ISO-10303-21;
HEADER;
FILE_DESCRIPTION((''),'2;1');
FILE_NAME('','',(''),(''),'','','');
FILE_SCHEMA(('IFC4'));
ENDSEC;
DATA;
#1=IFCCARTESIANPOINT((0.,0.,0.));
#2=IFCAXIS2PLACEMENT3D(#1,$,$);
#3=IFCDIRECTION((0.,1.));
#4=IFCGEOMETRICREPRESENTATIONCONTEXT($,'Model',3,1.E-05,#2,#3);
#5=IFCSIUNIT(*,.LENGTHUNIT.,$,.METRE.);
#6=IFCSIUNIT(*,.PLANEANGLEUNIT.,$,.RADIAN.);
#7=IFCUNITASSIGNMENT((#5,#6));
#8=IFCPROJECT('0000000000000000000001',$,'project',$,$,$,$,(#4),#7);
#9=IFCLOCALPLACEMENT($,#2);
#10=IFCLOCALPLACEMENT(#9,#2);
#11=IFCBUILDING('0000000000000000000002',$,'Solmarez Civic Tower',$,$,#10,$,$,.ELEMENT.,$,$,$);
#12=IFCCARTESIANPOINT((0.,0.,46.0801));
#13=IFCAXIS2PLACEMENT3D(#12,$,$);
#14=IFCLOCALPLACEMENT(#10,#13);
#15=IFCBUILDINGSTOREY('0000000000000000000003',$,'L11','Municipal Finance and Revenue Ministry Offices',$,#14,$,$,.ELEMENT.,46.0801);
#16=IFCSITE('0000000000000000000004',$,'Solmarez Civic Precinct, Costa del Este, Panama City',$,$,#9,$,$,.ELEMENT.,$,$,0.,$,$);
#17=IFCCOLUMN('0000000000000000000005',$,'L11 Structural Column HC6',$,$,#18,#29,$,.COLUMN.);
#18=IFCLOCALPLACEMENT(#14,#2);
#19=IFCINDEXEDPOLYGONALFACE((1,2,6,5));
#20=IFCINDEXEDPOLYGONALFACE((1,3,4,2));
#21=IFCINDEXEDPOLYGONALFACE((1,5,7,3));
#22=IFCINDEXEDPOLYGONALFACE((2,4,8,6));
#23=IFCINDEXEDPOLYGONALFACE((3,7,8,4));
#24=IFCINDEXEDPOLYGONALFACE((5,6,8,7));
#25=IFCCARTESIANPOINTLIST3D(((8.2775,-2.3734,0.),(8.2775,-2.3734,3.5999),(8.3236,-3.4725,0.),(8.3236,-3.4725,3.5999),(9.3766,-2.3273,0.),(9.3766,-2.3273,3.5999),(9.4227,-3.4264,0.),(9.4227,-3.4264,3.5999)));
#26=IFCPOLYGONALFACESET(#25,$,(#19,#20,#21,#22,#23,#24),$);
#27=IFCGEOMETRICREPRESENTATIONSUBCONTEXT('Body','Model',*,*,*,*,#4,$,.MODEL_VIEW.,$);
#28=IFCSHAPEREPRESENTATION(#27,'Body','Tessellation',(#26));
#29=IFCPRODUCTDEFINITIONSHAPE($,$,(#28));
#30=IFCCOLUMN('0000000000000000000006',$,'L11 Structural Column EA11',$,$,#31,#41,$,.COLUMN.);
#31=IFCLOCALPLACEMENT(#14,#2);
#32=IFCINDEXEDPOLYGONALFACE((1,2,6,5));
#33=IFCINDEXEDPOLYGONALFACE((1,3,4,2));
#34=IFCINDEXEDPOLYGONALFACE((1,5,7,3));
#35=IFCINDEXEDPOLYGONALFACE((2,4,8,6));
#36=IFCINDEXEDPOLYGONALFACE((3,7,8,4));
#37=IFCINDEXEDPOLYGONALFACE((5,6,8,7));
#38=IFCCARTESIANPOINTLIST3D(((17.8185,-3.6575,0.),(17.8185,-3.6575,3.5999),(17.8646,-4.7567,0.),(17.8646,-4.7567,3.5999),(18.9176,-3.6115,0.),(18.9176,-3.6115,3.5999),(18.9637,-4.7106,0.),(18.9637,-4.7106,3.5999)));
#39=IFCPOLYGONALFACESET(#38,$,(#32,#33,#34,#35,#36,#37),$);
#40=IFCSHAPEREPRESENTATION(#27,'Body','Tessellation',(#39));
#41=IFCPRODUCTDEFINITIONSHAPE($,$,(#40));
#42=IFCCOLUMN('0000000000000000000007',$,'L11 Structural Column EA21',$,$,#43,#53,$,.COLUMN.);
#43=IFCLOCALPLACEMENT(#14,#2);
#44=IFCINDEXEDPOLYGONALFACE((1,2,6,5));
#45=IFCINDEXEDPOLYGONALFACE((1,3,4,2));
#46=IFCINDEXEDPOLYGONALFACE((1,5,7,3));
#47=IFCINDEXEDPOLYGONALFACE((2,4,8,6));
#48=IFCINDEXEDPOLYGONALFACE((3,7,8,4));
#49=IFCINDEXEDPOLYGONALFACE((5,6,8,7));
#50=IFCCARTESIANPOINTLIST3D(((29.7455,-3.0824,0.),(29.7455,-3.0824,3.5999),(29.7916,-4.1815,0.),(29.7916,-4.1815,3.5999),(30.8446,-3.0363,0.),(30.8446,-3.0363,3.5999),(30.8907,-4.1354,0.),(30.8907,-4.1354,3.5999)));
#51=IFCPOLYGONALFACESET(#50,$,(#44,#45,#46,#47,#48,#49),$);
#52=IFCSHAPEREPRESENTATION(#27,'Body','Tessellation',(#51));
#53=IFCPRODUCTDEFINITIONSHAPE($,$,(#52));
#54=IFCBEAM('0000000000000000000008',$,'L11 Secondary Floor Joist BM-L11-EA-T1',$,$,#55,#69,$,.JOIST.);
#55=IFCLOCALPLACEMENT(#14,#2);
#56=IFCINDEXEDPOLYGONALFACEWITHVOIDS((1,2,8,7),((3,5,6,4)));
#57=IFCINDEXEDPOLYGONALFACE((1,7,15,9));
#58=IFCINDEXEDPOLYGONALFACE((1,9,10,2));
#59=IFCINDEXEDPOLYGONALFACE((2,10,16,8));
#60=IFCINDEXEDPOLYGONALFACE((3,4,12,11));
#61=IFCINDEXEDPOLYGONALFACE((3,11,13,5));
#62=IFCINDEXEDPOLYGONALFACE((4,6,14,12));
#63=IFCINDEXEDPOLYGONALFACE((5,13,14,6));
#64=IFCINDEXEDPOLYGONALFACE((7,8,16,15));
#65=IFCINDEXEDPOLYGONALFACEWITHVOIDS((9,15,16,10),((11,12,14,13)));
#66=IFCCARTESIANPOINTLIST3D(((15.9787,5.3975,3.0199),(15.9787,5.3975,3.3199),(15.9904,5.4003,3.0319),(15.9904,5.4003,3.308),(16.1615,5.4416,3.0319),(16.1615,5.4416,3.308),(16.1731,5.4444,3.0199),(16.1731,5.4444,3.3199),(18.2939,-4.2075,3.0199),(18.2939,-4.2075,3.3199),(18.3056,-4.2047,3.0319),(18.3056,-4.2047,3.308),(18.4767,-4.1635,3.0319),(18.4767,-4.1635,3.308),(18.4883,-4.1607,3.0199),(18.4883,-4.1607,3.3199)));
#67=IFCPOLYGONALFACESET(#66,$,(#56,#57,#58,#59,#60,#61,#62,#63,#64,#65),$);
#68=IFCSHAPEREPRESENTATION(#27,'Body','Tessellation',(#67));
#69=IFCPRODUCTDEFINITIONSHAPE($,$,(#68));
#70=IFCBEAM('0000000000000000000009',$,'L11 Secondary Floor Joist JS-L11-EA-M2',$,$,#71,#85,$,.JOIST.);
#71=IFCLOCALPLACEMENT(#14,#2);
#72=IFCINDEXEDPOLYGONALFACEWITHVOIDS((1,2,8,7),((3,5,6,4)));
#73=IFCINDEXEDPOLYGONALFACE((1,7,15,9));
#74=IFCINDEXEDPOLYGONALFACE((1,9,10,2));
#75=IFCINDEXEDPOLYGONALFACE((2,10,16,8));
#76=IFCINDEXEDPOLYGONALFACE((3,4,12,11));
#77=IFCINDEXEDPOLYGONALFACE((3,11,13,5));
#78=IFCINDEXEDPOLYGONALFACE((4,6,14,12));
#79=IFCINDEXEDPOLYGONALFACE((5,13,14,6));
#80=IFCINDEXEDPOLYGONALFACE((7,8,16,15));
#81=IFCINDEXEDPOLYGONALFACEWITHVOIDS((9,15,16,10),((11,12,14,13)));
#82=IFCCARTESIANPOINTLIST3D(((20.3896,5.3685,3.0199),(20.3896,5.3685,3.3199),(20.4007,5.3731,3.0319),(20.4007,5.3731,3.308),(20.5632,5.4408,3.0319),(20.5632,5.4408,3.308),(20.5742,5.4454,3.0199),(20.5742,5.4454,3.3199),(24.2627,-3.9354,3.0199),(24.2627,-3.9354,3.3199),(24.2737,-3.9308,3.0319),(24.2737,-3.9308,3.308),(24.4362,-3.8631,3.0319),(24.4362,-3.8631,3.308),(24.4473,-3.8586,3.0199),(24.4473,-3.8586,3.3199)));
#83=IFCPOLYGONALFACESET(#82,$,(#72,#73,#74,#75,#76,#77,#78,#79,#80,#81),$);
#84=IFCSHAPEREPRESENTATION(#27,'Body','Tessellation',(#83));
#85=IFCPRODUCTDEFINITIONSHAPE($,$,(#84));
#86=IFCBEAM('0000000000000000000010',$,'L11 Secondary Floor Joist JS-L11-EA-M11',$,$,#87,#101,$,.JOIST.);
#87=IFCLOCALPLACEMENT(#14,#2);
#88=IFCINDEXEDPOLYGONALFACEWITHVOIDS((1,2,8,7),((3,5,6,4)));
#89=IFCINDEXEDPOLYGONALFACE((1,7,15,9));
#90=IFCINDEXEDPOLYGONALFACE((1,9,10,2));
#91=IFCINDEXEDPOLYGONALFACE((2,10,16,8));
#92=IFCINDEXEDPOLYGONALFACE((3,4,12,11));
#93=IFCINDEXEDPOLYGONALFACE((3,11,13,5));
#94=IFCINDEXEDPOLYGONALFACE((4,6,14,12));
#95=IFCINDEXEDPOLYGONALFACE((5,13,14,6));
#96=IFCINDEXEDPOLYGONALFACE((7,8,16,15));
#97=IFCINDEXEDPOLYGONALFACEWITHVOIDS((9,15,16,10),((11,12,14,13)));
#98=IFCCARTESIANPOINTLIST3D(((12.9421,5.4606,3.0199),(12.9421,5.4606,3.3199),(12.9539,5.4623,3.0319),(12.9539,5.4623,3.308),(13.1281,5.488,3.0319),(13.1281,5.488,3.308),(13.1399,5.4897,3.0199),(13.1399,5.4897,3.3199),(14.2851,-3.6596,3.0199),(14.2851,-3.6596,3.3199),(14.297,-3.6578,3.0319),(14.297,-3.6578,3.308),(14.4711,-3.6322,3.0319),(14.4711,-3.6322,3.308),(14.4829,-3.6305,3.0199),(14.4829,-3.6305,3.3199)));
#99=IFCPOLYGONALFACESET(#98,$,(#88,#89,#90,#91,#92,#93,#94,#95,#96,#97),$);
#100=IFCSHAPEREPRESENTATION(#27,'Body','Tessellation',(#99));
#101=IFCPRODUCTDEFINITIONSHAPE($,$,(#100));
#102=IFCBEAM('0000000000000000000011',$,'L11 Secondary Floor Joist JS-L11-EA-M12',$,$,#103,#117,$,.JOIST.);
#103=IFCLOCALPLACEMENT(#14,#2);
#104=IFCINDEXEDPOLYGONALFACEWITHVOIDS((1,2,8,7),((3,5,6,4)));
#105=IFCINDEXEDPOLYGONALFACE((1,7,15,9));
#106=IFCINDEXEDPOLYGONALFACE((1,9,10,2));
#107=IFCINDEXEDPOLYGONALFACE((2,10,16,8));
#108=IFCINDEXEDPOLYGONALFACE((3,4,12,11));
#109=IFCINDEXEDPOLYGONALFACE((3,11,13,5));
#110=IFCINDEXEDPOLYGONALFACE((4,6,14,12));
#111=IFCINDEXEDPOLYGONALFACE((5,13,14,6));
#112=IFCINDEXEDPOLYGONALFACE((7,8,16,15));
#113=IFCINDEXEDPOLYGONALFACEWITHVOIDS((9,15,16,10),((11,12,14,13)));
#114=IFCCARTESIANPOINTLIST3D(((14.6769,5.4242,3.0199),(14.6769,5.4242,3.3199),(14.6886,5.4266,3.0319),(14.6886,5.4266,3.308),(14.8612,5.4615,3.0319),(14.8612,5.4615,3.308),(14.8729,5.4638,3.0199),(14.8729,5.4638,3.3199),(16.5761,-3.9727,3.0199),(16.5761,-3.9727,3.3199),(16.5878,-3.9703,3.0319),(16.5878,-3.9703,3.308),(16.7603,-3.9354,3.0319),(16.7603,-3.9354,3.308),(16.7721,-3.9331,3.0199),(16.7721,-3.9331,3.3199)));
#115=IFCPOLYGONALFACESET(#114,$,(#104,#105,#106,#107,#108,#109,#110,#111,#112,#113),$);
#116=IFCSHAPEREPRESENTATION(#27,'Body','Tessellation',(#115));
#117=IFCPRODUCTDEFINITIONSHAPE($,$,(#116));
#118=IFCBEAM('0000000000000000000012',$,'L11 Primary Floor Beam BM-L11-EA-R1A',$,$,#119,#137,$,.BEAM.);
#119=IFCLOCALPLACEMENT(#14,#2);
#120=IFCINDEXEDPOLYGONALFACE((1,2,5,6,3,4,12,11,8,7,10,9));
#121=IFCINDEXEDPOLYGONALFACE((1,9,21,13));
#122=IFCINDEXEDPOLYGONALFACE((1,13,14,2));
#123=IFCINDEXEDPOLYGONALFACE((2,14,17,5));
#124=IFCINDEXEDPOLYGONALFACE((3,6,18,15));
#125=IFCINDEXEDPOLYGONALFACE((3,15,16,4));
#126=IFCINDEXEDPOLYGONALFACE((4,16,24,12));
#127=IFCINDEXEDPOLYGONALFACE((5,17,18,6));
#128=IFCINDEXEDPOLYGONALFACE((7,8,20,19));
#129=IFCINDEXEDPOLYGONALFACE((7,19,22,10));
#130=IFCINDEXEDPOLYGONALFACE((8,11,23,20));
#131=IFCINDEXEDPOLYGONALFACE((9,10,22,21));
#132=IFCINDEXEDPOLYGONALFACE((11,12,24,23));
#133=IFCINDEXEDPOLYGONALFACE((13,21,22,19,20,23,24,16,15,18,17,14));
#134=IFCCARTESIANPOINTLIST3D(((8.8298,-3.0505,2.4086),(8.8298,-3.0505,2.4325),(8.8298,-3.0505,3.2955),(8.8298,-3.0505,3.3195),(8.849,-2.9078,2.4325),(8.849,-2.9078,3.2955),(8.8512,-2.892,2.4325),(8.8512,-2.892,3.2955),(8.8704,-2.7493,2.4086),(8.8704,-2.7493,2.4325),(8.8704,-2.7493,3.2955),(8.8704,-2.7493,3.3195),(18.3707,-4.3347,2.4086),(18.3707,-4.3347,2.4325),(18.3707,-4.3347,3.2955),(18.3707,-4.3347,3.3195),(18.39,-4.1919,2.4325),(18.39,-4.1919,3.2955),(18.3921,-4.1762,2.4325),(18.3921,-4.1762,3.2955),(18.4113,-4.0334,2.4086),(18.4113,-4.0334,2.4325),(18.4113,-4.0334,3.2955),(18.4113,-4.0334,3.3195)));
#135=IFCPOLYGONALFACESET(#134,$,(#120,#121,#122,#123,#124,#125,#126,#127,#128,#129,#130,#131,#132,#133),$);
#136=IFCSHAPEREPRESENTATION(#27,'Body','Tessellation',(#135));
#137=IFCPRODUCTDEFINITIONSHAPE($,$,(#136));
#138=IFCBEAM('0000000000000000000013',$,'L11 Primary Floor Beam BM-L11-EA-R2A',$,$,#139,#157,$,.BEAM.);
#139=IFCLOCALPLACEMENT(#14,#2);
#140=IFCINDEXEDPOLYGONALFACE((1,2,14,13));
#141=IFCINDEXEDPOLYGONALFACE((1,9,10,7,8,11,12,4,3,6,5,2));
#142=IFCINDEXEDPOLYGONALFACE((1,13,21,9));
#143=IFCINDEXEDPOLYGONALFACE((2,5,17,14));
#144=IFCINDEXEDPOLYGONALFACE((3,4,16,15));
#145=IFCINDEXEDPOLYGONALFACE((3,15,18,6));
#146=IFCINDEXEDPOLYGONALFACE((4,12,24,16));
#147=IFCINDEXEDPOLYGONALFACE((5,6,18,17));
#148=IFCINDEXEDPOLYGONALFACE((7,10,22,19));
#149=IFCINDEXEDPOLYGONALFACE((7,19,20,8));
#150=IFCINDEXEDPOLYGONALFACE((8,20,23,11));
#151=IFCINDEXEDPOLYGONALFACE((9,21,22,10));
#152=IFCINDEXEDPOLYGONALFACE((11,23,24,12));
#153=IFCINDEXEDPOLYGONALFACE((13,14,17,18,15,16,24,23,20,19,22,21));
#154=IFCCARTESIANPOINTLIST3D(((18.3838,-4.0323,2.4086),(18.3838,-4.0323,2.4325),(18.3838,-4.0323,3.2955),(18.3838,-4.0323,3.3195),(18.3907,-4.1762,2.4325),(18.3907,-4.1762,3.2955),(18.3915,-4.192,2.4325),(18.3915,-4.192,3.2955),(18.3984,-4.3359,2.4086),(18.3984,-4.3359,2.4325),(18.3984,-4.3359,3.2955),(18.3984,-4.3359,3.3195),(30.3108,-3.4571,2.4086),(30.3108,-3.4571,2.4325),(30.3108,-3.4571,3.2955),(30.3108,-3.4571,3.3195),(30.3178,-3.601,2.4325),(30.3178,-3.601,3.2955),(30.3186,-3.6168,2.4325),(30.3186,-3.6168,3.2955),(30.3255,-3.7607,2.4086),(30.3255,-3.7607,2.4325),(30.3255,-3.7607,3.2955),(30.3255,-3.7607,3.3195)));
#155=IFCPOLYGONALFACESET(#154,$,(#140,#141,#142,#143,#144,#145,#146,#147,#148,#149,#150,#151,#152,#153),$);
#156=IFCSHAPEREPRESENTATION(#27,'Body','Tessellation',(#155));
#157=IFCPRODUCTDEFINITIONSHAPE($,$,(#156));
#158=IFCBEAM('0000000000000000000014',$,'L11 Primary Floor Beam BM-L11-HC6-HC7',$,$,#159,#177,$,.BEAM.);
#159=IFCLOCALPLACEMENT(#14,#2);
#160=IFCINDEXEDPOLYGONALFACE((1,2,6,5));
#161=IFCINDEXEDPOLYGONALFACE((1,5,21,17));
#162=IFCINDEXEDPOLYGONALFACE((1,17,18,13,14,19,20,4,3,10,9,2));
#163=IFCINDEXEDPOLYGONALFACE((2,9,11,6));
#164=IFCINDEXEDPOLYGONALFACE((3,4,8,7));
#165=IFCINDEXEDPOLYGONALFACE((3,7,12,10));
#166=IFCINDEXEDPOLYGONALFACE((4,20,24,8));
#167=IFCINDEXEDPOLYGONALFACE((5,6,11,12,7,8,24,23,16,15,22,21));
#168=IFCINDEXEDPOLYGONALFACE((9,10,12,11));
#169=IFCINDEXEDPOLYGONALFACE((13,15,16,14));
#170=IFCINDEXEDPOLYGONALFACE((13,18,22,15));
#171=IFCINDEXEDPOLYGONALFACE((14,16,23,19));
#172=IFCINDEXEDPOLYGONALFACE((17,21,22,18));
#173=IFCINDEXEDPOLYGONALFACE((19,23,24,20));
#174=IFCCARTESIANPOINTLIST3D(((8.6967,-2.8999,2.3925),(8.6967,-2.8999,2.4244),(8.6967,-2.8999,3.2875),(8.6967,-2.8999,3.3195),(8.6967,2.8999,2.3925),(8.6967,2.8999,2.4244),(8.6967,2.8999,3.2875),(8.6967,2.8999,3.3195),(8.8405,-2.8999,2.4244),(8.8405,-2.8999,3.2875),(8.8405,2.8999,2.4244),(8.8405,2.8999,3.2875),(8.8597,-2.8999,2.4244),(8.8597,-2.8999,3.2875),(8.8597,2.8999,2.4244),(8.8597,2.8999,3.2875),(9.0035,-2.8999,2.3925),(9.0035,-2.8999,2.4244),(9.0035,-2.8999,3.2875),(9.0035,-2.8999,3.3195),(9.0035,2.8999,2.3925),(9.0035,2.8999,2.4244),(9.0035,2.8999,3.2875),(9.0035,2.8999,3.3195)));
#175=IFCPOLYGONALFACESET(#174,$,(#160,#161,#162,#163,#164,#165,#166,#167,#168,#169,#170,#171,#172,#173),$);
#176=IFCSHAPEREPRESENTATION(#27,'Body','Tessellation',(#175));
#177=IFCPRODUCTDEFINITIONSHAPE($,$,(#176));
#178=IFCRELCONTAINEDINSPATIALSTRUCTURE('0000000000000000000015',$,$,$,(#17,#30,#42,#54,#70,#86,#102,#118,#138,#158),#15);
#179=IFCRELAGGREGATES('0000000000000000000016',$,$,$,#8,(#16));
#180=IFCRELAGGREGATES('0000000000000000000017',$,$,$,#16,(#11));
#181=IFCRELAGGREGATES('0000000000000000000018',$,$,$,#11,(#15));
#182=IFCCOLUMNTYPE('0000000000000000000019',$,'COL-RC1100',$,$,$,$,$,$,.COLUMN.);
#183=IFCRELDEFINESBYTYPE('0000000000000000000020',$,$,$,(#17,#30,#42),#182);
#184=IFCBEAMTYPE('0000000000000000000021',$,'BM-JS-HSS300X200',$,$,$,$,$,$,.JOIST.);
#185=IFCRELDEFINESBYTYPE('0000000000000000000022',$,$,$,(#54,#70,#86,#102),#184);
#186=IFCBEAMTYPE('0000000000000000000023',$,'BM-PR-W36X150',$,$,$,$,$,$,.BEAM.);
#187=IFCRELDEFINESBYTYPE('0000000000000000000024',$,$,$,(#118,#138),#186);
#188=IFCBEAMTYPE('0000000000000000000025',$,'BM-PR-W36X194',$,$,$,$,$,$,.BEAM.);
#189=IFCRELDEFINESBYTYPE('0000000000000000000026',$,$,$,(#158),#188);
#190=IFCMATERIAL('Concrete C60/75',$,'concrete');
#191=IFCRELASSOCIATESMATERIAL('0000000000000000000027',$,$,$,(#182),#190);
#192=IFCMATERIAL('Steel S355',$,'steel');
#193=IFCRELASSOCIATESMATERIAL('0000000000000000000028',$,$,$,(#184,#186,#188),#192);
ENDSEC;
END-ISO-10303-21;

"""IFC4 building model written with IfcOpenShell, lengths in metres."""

from ifc_helpers import new_model, si_unit, direction, frame, origin, origin_2d, place, context, subcontext, project, spatial, rectangle, hollow_rectangle, i_section, extrude, material, material_profile, profile_set, type_object, element, save


model = new_model("IFC4")

# Units and contexts
model_context = context("Model", 3, precision=1e-05, world=origin(), true_north=direction((0.0, 1.0)))
body_context = subcontext(model_context, "Body", "Model", "MODEL_VIEW")
ifc_project = project(units=[si_unit("LENGTHUNIT", "METRE"), si_unit("PLANEANGLEUNIT", "RADIAN")], contexts=[model_context])

# Site, building, storey
site_placement = place(None, origin())
site = spatial("IfcSite", under=ifc_project, at=site_placement, Name="Solmarez Civic Precinct, Costa del Este, Panama City", CompositionType="ELEMENT", RefElevation=0.0)
building_placement = place(site_placement, origin())
building = spatial("IfcBuilding", under=site, at=building_placement, Name="Solmarez Civic Tower", CompositionType="ELEMENT")
storey_placement = place(building_placement, frame((0.0, 0.0, 46.0801)))
storey = spatial("IfcBuildingStorey", under=building, at=storey_placement, Name="L11", Description="Municipal Finance and Revenue Ministry Offices", CompositionType="ELEMENT", Elevation=46.0801)

# Columns
ifc_material_1 = material(Name="Concrete C60/75", Category="concrete")
ifc_material_profile_1 = material_profile(ifc_material_1, rectangle(XDim=1.1001, YDim=1.1001, at=origin_2d()), Name="RC1100X1100")
ifc_profile_set_1 = profile_set([ifc_material_profile_1], Name="Concrete C60/75")
column_type = type_object("IfcColumnType", Name="COL-RC1100", PredefinedType="COLUMN", material=ifc_profile_set_1)
for number, where, z_axis, x_axis, name in (
    (1, (8.8501, -2.8999, 0.0), (0.0, 0.0, 1.0), (0.999123, 0.041876, 0.0), "L11 Structural Column HC6"),
    (2, (18.3911, -4.1841, 0.0), (0.0, 0.0, 1.0), (0.999123, 0.041876, 0.0), "L11 Structural Column EA11"),
    (3, (30.3181, -3.6089, 0.0), (0.0, 0.0, 1.0), (0.999123, 0.041876, 0.0), "L11 Structural Column EA21"),
):
    element("IfcColumn", number, at=place(storey_placement, frame(where, z_axis=z_axis, x_axis=x_axis)), inside=storey, type_object=column_type, Name=name, PredefinedType="COLUMN", context=body_context, shape_type="SweptSolid", body=[
        extrude(rectangle(XDim=1.1001, YDim=1.1001, at=origin_2d()), origin(), (0.0, 0.0, 1.0), 3.5999),
    ])

# Beams
ifc_material_2 = material(Name="Steel S355", Category="steel")
ifc_material_profile_2 = material_profile(ifc_material_2, hollow_rectangle(XDim=0.2, YDim=0.3, WallThickness=0.012, at=origin_2d()), Name="HSS300X200X12")
ifc_profile_set_2 = profile_set([ifc_material_profile_2], Name="Steel S355")
beam_type_1 = type_object("IfcBeamType", Name="BM-JS-HSS300X200", PredefinedType="JOIST", material=ifc_profile_set_2)
beam_1_placement = place(storey_placement, frame((18.3911, -4.1841, 3.1699), z_axis=(-0.234329, 0.972157, 0.0), x_axis=(-0.972157, -0.234329, 0.0)))
element("IfcBeam", 4, at=beam_1_placement, inside=storey, type_object=beam_type_1, Name="L11 Secondary Floor Joist BM-L11-EA-T1", PredefinedType="JOIST", context=body_context, shape_type="SweptSolid", body=[
    extrude(hollow_rectangle(XDim=0.2, YDim=0.3, WallThickness=0.012, at=origin_2d()), origin(), (0.0, 0.0, 1.0), 9.8801),
])
beam_2_placement = place(storey_placement, frame((24.355, -3.897, 3.1699), z_axis=(-0.384311, 0.923204, 0.0), x_axis=(-0.923204, -0.384311, 0.0)))
element("IfcBeam", 5, at=beam_2_placement, inside=storey, type_object=beam_type_1, Name="L11 Secondary Floor Joist JS-L11-EA-M2", PredefinedType="JOIST", context=body_context, shape_type="SweptSolid", body=[
    extrude(hollow_rectangle(XDim=0.2, YDim=0.3, WallThickness=0.012, at=origin_2d()), origin(), (0.0, 0.0, 1.0), 10.0779),
])
beam_3_placement = place(storey_placement, frame((14.384, -3.645, 3.1699), z_axis=(-0.145688, 0.989331, 0.0), x_axis=(-0.989331, -0.145688, 0.0)))
element("IfcBeam", 6, at=beam_3_placement, inside=storey, type_object=beam_type_1, Name="L11 Secondary Floor Joist JS-L11-EA-M11", PredefinedType="JOIST", context=body_context, shape_type="SweptSolid", body=[
    extrude(hollow_rectangle(XDim=0.2, YDim=0.3, WallThickness=0.012, at=origin_2d()), origin(), (0.0, 0.0, 1.0), 9.2185),
])
beam_4_placement = place(storey_placement, frame((16.6741, -3.9529, 3.1699), z_axis=(-0.198099, 0.980182, 0.0), x_axis=(-0.980182, -0.198099, 0.0)))
element("IfcBeam", 7, at=beam_4_placement, inside=storey, type_object=beam_type_1, Name="L11 Secondary Floor Joist JS-L11-EA-M12", PredefinedType="JOIST", context=body_context, shape_type="SweptSolid", body=[
    extrude(hollow_rectangle(XDim=0.2, YDim=0.3, WallThickness=0.012, at=origin_2d()), origin(), (0.0, 0.0, 1.0), 9.5869),
])
ifc_material_profile_3 = material_profile(ifc_material_2, i_section(OverallWidth=0.304, OverallDepth=0.9109, WebThickness=0.0159, FlangeThickness=0.0239, at=origin_2d()), Name="W36X150")
ifc_profile_set_3 = profile_set([ifc_material_profile_3], Name="Steel S355")
beam_type_2 = type_object("IfcBeamType", Name="BM-PR-W36X150", PredefinedType="BEAM", material=ifc_profile_set_3)
beam_5_placement = place(storey_placement, frame((8.8501, -2.8999, 2.864), z_axis=(0.991063, -0.133393, 0.0), x_axis=(0.133393, 0.991063, 0.0)))
element("IfcBeam", 8, at=beam_5_placement, inside=storey, type_object=beam_type_2, Name="L11 Primary Floor Beam BM-L11-EA-R1A", PredefinedType="BEAM", context=body_context, shape_type="SweptSolid", body=[
    extrude(i_section(OverallWidth=0.304, OverallDepth=0.9109, WebThickness=0.0159, FlangeThickness=0.0239, at=origin_2d()), origin(), (0.0, 0.0, 1.0), 9.627),
])
beam_6_placement = place(storey_placement, frame((18.3911, -4.1841, 2.864), z_axis=(0.998839, 0.04817, 0.0), x_axis=(-0.04817, 0.998839, 0.0)))
element("IfcBeam", 9, at=beam_6_placement, inside=storey, type_object=beam_type_2, Name="L11 Primary Floor Beam BM-L11-EA-R2A", PredefinedType="BEAM", context=body_context, shape_type="SweptSolid", body=[
    extrude(i_section(OverallWidth=0.304, OverallDepth=0.9109, WebThickness=0.0159, FlangeThickness=0.0239, at=origin_2d()), origin(), (0.0, 0.0, 1.0), 11.9409),
])
ifc_material_profile_4 = material_profile(ifc_material_2, i_section(OverallWidth=0.3069, OverallDepth=0.927, WebThickness=0.0193, FlangeThickness=0.032, at=origin_2d()), Name="W36X194")
ifc_profile_set_4 = profile_set([ifc_material_profile_4], Name="Steel S355")
beam_type_3 = type_object("IfcBeamType", Name="BM-PR-W36X194", PredefinedType="BEAM", material=ifc_profile_set_4)
beam_7_placement = place(storey_placement, frame((8.8501, -2.8999, 2.856), z_axis=(0.0, 1.0, 0.0), x_axis=(-1.0, 0.0, 0.0)))
element("IfcBeam", 10, at=beam_7_placement, inside=storey, type_object=beam_type_3, Name="L11 Primary Floor Beam BM-L11-HC6-HC7", PredefinedType="BEAM", context=body_context, shape_type="SweptSolid", body=[
    extrude(i_section(OverallWidth=0.3069, OverallDepth=0.927, WebThickness=0.0193, FlangeThickness=0.032, at=origin_2d()), origin(), (0.0, 0.0, 1.0), 5.7998),
])

save(model, "model.ifc")
